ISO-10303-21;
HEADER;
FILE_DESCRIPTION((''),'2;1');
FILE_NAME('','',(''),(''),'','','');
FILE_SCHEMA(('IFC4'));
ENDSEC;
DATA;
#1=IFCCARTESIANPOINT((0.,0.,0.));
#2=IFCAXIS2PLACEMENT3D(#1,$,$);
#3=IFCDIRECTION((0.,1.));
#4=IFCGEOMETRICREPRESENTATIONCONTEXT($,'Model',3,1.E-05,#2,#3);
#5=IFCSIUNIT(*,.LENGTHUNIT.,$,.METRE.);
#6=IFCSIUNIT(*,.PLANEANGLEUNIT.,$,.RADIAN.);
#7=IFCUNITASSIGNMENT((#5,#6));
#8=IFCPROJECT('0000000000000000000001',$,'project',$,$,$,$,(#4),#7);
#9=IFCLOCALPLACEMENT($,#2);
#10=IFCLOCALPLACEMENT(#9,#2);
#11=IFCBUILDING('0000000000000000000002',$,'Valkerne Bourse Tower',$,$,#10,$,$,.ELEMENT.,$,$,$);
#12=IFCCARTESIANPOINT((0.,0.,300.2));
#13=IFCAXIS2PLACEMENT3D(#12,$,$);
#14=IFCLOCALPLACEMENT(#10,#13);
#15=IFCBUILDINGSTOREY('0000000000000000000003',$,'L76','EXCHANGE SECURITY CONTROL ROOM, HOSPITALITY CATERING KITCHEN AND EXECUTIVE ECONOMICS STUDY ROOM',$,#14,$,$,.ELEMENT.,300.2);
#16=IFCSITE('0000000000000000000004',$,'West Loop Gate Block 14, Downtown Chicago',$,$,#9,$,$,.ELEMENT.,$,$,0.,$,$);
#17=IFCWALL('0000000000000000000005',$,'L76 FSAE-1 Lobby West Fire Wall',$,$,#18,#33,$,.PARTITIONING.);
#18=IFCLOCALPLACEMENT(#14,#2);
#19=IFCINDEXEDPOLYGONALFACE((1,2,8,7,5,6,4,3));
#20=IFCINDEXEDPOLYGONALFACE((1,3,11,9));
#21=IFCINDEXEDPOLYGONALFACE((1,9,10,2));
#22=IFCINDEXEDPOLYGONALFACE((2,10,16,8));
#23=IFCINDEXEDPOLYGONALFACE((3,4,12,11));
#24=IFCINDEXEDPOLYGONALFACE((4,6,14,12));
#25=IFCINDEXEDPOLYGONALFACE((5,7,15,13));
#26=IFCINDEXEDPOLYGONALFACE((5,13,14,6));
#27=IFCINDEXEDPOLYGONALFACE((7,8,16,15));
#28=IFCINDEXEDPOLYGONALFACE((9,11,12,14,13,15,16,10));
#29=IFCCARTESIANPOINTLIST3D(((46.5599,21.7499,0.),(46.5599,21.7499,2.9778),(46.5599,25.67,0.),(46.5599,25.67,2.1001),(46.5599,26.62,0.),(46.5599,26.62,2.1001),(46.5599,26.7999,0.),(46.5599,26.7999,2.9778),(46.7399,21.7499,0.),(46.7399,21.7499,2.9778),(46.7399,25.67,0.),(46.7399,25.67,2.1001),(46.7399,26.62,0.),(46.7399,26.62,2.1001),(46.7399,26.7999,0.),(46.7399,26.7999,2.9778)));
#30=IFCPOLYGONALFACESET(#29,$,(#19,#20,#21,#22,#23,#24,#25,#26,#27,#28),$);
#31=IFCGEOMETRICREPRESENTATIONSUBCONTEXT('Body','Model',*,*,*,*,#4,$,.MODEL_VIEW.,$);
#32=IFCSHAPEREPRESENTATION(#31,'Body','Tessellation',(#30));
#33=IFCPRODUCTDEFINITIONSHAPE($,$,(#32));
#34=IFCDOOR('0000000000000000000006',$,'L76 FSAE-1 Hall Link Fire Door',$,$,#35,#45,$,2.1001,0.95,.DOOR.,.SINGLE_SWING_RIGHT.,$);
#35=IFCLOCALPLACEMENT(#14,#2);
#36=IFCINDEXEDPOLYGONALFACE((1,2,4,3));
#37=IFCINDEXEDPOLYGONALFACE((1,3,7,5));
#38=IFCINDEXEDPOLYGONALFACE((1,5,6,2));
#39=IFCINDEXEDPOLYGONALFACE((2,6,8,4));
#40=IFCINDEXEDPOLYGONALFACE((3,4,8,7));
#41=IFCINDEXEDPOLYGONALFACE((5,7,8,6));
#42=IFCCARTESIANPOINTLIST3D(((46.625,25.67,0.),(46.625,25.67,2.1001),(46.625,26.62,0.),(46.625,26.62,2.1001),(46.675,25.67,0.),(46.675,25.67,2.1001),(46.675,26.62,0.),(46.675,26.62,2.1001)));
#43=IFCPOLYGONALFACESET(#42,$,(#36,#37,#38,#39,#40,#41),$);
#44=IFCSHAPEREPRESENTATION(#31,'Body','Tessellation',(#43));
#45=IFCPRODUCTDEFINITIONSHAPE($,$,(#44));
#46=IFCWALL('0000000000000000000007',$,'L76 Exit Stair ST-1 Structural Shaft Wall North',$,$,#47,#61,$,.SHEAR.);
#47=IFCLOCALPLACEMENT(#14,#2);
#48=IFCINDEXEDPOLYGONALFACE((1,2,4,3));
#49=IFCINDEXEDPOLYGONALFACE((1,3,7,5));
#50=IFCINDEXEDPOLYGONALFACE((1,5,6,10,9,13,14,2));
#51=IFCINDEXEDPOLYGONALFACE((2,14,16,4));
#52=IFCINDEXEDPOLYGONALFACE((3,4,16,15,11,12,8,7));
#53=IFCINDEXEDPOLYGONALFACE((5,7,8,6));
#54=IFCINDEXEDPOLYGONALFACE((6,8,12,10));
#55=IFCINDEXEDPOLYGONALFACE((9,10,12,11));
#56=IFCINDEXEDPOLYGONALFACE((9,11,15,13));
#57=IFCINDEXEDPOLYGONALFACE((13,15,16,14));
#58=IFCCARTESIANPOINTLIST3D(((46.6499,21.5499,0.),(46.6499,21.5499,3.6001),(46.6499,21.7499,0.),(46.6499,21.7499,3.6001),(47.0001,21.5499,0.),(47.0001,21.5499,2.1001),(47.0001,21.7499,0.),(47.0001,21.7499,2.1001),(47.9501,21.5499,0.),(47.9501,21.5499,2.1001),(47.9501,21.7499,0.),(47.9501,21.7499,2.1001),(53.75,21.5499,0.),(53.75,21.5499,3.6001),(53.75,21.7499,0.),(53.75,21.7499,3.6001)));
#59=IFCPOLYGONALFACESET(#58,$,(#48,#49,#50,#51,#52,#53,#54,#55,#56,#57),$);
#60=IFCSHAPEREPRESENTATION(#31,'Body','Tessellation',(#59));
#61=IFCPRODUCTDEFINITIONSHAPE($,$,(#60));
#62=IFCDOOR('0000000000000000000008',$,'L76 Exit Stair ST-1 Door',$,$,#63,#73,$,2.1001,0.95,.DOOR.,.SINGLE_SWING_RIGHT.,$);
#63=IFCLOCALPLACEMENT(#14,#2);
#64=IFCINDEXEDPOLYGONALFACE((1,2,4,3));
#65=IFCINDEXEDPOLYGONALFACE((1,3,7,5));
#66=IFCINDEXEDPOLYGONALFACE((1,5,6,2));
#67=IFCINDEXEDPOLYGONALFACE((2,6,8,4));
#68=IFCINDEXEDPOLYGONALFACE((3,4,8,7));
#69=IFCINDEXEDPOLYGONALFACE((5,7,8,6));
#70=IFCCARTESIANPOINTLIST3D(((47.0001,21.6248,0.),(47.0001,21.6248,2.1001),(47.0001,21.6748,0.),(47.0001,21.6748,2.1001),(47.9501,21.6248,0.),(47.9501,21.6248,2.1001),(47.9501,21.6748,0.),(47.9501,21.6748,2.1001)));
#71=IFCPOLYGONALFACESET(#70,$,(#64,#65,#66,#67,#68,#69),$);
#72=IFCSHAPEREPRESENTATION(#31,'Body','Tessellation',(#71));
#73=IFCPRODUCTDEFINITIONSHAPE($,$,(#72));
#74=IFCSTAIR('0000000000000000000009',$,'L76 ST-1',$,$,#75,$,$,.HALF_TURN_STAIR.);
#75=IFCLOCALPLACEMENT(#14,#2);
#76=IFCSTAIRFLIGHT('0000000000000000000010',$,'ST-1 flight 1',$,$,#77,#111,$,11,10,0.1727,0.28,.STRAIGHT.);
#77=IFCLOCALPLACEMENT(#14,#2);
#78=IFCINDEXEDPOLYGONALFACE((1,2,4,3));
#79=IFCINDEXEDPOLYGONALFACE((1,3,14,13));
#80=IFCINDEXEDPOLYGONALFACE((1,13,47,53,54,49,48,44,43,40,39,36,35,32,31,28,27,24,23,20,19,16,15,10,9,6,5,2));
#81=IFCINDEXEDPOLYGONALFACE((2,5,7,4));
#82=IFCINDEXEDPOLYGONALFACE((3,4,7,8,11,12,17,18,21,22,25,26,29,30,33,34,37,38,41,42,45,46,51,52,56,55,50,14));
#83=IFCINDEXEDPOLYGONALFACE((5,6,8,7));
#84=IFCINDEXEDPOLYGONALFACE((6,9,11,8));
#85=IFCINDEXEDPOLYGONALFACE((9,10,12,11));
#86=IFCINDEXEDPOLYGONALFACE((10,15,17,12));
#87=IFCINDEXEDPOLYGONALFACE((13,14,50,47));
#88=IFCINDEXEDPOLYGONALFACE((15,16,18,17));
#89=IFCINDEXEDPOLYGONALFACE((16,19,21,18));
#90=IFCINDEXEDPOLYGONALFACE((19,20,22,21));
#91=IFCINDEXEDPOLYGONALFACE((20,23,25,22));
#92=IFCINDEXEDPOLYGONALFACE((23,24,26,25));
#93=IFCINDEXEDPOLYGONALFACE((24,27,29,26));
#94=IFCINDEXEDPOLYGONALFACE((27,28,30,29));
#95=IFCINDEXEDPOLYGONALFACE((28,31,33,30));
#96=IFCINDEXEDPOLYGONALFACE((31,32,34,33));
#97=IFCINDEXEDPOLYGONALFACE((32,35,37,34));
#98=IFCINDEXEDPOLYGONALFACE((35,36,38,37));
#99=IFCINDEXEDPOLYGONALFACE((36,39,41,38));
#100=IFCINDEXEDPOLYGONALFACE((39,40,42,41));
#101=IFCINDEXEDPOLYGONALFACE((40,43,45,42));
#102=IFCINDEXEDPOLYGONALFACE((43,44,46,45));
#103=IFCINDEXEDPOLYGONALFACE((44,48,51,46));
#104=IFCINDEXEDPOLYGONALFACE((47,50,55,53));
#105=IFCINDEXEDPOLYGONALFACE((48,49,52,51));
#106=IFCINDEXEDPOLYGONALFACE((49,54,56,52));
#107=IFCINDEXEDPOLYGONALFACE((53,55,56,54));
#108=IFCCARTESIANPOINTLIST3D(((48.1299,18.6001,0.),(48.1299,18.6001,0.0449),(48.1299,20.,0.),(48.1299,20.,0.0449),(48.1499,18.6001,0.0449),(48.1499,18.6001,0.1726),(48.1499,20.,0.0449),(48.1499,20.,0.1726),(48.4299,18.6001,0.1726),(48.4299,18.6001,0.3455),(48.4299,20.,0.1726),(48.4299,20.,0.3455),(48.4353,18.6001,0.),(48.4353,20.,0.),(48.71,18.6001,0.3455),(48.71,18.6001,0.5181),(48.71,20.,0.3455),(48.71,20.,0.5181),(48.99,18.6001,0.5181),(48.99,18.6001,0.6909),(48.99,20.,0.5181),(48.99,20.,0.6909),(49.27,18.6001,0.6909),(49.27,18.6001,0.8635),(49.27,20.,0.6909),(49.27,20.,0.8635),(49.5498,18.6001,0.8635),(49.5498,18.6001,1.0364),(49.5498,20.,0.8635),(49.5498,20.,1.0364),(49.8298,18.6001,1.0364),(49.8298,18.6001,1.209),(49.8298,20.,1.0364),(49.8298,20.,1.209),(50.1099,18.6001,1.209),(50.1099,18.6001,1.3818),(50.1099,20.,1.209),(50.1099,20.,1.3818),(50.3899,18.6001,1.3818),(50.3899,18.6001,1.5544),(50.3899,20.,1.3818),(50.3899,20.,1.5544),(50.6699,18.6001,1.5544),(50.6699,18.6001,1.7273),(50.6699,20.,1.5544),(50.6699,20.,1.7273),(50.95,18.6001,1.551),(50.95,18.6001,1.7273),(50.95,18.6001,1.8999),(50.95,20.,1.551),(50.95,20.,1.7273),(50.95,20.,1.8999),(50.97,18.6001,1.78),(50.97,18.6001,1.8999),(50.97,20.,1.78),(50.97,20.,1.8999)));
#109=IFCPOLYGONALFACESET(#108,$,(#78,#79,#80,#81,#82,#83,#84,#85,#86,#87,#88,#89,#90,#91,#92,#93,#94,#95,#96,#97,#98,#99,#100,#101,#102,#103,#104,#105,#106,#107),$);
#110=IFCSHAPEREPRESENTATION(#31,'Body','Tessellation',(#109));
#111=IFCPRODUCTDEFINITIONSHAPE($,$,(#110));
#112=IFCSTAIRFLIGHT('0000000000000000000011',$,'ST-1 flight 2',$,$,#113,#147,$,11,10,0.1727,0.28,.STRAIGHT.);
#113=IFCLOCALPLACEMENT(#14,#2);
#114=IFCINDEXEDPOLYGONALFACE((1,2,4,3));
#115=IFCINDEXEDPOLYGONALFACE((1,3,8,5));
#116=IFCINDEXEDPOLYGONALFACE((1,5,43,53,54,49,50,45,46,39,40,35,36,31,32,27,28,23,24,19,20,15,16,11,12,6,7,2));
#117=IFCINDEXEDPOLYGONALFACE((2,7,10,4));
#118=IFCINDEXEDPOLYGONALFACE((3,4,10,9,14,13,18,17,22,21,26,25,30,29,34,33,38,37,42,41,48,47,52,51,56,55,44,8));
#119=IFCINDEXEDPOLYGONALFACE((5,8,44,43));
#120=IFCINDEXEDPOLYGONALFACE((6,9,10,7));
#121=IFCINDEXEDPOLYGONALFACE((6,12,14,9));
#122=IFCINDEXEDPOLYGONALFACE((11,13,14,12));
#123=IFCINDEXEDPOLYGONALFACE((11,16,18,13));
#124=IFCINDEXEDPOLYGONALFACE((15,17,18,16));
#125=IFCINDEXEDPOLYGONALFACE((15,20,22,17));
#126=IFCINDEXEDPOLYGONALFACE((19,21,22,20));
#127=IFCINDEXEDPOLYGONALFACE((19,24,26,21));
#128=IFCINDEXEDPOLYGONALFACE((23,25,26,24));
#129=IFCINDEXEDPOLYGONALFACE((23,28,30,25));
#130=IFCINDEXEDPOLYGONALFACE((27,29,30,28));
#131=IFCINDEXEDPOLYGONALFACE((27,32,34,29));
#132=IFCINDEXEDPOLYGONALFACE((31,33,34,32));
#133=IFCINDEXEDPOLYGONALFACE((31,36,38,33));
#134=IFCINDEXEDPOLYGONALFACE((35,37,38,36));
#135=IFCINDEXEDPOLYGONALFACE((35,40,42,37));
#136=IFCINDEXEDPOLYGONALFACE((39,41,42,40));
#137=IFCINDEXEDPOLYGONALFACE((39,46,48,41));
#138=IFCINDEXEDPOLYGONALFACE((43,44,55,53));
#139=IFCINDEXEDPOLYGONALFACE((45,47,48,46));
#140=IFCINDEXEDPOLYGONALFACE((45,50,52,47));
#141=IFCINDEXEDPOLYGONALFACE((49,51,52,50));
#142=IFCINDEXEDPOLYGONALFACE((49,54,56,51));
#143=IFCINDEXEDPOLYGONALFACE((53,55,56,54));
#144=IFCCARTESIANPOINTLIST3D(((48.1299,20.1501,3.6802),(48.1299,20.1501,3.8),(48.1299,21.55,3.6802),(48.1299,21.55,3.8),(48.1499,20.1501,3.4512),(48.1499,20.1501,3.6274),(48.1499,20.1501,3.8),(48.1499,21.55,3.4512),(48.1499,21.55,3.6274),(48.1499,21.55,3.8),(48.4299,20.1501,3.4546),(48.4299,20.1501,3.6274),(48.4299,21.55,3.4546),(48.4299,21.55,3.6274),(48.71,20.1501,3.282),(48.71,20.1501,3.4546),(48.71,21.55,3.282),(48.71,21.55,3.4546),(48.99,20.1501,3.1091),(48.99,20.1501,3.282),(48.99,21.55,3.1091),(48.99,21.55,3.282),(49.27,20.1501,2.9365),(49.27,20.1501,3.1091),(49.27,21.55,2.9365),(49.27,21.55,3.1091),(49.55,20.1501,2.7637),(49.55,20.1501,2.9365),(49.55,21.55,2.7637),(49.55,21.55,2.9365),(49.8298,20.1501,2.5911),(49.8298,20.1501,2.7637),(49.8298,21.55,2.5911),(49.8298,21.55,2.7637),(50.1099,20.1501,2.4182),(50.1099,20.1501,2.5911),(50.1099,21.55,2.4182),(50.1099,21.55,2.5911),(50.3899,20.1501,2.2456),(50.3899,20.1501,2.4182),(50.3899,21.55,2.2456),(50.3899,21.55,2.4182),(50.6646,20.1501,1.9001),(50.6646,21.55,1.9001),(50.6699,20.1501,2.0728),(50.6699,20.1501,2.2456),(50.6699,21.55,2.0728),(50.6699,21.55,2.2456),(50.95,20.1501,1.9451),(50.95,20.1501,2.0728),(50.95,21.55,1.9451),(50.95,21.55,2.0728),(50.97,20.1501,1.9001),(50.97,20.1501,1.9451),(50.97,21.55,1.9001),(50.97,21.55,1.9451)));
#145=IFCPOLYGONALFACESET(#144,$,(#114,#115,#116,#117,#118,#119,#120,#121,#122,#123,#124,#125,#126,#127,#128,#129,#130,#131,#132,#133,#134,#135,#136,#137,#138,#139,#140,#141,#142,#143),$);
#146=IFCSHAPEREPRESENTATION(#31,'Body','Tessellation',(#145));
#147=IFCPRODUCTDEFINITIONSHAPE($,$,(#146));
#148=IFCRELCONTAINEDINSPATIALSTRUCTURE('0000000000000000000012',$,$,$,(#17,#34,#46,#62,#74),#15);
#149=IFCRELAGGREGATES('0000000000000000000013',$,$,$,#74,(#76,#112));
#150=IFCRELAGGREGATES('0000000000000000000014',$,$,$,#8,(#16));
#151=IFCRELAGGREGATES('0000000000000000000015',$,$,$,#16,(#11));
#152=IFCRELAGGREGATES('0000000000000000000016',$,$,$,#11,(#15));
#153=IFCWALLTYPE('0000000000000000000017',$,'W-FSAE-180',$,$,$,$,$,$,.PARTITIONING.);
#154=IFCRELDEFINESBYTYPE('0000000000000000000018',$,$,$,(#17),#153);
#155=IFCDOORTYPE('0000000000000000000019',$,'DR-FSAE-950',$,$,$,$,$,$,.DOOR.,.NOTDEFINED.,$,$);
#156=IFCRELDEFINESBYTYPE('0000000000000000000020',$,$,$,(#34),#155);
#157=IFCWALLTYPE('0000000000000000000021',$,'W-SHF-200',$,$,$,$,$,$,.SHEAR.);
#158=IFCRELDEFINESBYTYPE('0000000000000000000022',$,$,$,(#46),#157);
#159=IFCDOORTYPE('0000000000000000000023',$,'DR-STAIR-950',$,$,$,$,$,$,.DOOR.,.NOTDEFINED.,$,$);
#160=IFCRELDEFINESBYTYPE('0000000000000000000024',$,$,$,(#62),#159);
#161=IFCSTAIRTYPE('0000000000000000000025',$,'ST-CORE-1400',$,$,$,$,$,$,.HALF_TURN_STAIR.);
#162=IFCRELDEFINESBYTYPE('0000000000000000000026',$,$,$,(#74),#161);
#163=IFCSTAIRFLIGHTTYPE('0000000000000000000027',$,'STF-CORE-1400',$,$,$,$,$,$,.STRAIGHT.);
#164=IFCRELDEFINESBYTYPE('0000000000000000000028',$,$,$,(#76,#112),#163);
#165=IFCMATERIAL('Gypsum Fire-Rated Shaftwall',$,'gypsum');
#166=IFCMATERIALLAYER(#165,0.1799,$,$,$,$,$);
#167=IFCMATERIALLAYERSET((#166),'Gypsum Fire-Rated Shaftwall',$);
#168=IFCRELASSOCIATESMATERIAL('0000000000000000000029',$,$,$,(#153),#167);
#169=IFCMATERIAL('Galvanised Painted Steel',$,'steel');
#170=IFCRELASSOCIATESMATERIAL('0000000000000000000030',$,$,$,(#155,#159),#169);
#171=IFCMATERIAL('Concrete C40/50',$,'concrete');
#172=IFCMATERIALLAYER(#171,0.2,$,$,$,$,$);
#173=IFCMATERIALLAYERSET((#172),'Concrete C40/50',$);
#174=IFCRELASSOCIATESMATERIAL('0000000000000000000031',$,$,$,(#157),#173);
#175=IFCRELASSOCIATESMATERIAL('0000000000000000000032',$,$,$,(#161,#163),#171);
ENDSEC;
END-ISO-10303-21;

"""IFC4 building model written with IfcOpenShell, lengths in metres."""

from ifc_helpers import new_model, si_unit, direction, frame, frame_2d, origin, place, context, subcontext, project, spatial, polyline, rectangle, outline, extrude, material, layer, layer_set, type_object, element, fill, aggregate, save


model = new_model("IFC4")

# Units and contexts
model_context = context("Model", 3, precision=1e-05, world=origin(), true_north=direction((0.0, 1.0)))
body_context = subcontext(model_context, "Body", "Model", "MODEL_VIEW")
ifc_project = project(units=[si_unit("LENGTHUNIT", "METRE"), si_unit("PLANEANGLEUNIT", "RADIAN")], contexts=[model_context])

# Site, building, storey
site_placement = place(None, origin())
site = spatial("IfcSite", under=ifc_project, at=site_placement, Name="West Loop Gate Block 14, Downtown Chicago", CompositionType="ELEMENT", RefElevation=0.0)
building_placement = place(site_placement, origin())
building = spatial("IfcBuilding", under=site, at=building_placement, Name="Valkerne Bourse Tower", CompositionType="ELEMENT")
storey_placement = place(building_placement, frame((0.0, 0.0, 300.2)))
storey = spatial("IfcBuildingStorey", under=building, at=storey_placement, Name="L76", Description="EXCHANGE SECURITY CONTROL ROOM, HOSPITALITY CATERING KITCHEN AND EXECUTIVE ECONOMICS STUDY ROOM", CompositionType="ELEMENT", Elevation=300.2)

# Wall, opening, door
ifc_material_1 = material(Name="Gypsum Fire-Rated Shaftwall", Category="gypsum")
ifc_layer_1 = layer(ifc_material_1, 0.1799)
ifc_layer_set_1 = layer_set([ifc_layer_1], Name="Gypsum Fire-Rated Shaftwall")
wall_type_1 = type_object("IfcWallType", Name="W-FSAE-180", PredefinedType="PARTITIONING", material=ifc_layer_set_1)
wall_1_placement = place(storey_placement, frame((46.6499, 21.75, 0.0), z_axis=(0.0, 0.0, 1.0), x_axis=(0.0, 1.0, 0.0)))
wall_1 = element("IfcWall", 1, at=wall_1_placement, inside=storey, type_object=wall_type_1, Name="L76 FSAE-1 Lobby West Fire Wall", PredefinedType="PARTITIONING", context=body_context, shape_type="SweptSolid", body=[
    extrude(rectangle(XDim=5.05, YDim=0.1799, at=frame_2d((2.5249, 0.0))), origin(), (0.0, 0.0, 1.0), 2.9778),
])
opening_1_placement = place(wall_1_placement, frame((3.9199, 0.0, 0.0)))
opening_1 = element("IfcOpeningElement", 2, at=opening_1_placement, cuts=wall_1, PredefinedType="OPENING", context=body_context, shape_type="SweptSolid", body=[
    extrude(rectangle(XDim=0.95, YDim=2.1001, at=frame_2d((0.4751, 1.05))), frame((0.0, 0.0999, 0.0), z_axis=(0.0, -1.0, 0.0), x_axis=(1.0, 0.0, 0.0)), (0.0, 0.0, 1.0), 0.2),
])
ifc_material_2 = material(Name="Galvanised Painted Steel", Category="steel")
door_type_1 = type_object("IfcDoorType", Name="DR-FSAE-950", OperationType="NOTDEFINED", PredefinedType="DOOR", material=ifc_material_2)
door_1_placement = place(opening_1_placement, origin())
door_1 = element("IfcDoor", 3, at=door_1_placement, inside=storey, type_object=door_type_1, Name="L76 FSAE-1 Hall Link Fire Door", OperationType="SINGLE_SWING_RIGHT", OverallHeight=2.1001, OverallWidth=0.95, PredefinedType="DOOR", context=body_context, shape_type="SweptSolid", body=[
    extrude(rectangle(XDim=0.95, YDim=2.1001, at=frame_2d((0.4751, 1.05))), frame((0.0, 0.0249, 0.0), z_axis=(0.0, -1.0, 0.0), x_axis=(1.0, 0.0, 0.0)), (0.0, 0.0, 1.0), 0.05),
])
fill(opening_1, door_1)

# Wall, opening, door
ifc_material_3 = material(Name="Concrete C40/50", Category="concrete")
ifc_layer_2 = layer(ifc_material_3, 0.2)
ifc_layer_set_2 = layer_set([ifc_layer_2], Name="Concrete C40/50")
wall_type_2 = type_object("IfcWallType", Name="W-SHF-200", PredefinedType="SHEAR", material=ifc_layer_set_2)
wall_2_placement = place(storey_placement, frame((46.6499, 21.6499, 0.0), z_axis=(0.0, 0.0, 1.0), x_axis=(1.0, 0.0, 0.0)))
wall_2 = element("IfcWall", 4, at=wall_2_placement, inside=storey, type_object=wall_type_2, Name="L76 Exit Stair ST-1 Structural Shaft Wall North", PredefinedType="SHEAR", context=body_context, shape_type="SweptSolid", body=[
    extrude(rectangle(XDim=7.1001, YDim=0.2, at=frame_2d((3.55, 0.0))), origin(), (0.0, 0.0, 1.0), 3.6001),
])
opening_2_placement = place(wall_2_placement, frame((0.3501, 0.0, 0.0)))
opening_2 = element("IfcOpeningElement", 5, at=opening_2_placement, cuts=wall_2, PredefinedType="OPENING", context=body_context, shape_type="SweptSolid", body=[
    extrude(rectangle(XDim=0.95, YDim=2.1001, at=frame_2d((0.4751, 1.05))), frame((0.0, 0.1099, 0.0), z_axis=(0.0, -1.0, 0.0), x_axis=(1.0, 0.0, 0.0)), (0.0, 0.0, 1.0), 0.22),
])
door_type_2 = type_object("IfcDoorType", Name="DR-STAIR-950", OperationType="NOTDEFINED", PredefinedType="DOOR", material=ifc_material_2)
door_2_placement = place(opening_2_placement, origin())
door_2 = element("IfcDoor", 6, at=door_2_placement, inside=storey, type_object=door_type_2, Name="L76 Exit Stair ST-1 Door", OperationType="SINGLE_SWING_RIGHT", OverallHeight=2.1001, OverallWidth=0.95, PredefinedType="DOOR", context=body_context, shape_type="SweptSolid", body=[
    extrude(rectangle(XDim=0.95, YDim=2.1001, at=frame_2d((0.4751, 1.05))), frame((0.0, 0.0249, 0.0), z_axis=(0.0, -1.0, 0.0), x_axis=(1.0, 0.0, 0.0)), (0.0, 0.0, 1.0), 0.05),
])
fill(opening_2, door_2)

# Stair, stair flights
stair_type = type_object("IfcStairType", Name="ST-CORE-1400", PredefinedType="HALF_TURN_STAIR", material=ifc_material_3)
stair_placement = place(storey_placement, origin())
stair = element("IfcStair", 7, at=stair_placement, inside=storey, type_object=stair_type, Name="L76 ST-1", PredefinedType="HALF_TURN_STAIR")
stair_flight_type = type_object("IfcStairFlightType", Name="STF-CORE-1400", PredefinedType="STRAIGHT", material=ifc_material_3)
stair_flight_1_placement = place(storey_placement, frame((48.1499, 19.3, 0.0), z_axis=(0.0, 0.0, 1.0), x_axis=(1.0, 0.0, 0.0)))
stair_flight_1 = element("IfcStairFlight", 8, at=stair_flight_1_placement, type_object=stair_flight_type, Name="ST-1 flight 1", NumberOfRisers=11, NumberOfTreads=10, PredefinedType="STRAIGHT", RiserHeight=0.1727, TreadLength=0.28, context=body_context, shape_type="SweptSolid", body=[
    extrude(outline(polyline([(-0.02, 0.0), (-0.02, 0.0449), (0.0, 0.0449), (0.0, 0.1726), (0.28, 0.1726), (0.28, 0.3455), (0.5601, 0.3455), (0.5601, 0.5181), (0.8401, 0.5181), (0.8401, 0.6909), (1.1201, 0.6909), (1.1201, 0.8635), (1.3999, 0.8635), (1.3999, 1.0364), (1.6799, 1.0364), (1.6799, 1.209), (1.96, 1.209), (1.96, 1.3818), (2.24, 1.3818), (2.24, 1.5544), (2.52, 1.5544), (2.52, 1.7273), (2.8, 1.7273), (2.8, 1.8999), (2.8201, 1.8999), (2.8201, 1.78), (2.8, 1.551), (0.2854, 0.0), (-0.02, 0.0)])), frame((0.0, 0.7, 0.0), z_axis=(0.0, -1.0, 0.0), x_axis=(1.0, 0.0, 0.0)), (0.0, 0.0, 1.0), 1.3999),
])
stair_flight_2_placement = place(storey_placement, frame((50.95, 20.8501, 1.9001), z_axis=(0.0, 0.0, 1.0), x_axis=(-1.0, 0.0, 0.0)))
stair_flight_2 = element("IfcStairFlight", 9, at=stair_flight_2_placement, type_object=stair_flight_type, Name="ST-1 flight 2", NumberOfRisers=11, NumberOfTreads=10, PredefinedType="STRAIGHT", RiserHeight=0.1727, TreadLength=0.28, context=body_context, shape_type="SweptSolid", body=[
    extrude(outline(polyline([(-0.02, 0.0), (-0.02, 0.0449), (0.0, 0.0449), (0.0, 0.1726), (0.28, 0.1726), (0.28, 0.3455), (0.5601, 0.3455), (0.5601, 0.5181), (0.8401, 0.5181), (0.8401, 0.6909), (1.1201, 0.6909), (1.1201, 0.8635), (1.3999, 0.8635), (1.3999, 1.0364), (1.6799, 1.0364), (1.6799, 1.209), (1.96, 1.209), (1.96, 1.3818), (2.24, 1.3818), (2.24, 1.5544), (2.52, 1.5544), (2.52, 1.7273), (2.8, 1.7273), (2.8, 1.8999), (2.8201, 1.8999), (2.8201, 1.78), (2.8, 1.551), (0.2854, 0.0), (-0.02, 0.0)])), frame((0.0, 0.7, 0.0), z_axis=(0.0, -1.0, 0.0), x_axis=(1.0, 0.0, 0.0)), (0.0, 0.0, 1.0), 1.3999),
])
aggregate(stair, [stair_flight_1, stair_flight_2])

save(model, "model.ifc")
